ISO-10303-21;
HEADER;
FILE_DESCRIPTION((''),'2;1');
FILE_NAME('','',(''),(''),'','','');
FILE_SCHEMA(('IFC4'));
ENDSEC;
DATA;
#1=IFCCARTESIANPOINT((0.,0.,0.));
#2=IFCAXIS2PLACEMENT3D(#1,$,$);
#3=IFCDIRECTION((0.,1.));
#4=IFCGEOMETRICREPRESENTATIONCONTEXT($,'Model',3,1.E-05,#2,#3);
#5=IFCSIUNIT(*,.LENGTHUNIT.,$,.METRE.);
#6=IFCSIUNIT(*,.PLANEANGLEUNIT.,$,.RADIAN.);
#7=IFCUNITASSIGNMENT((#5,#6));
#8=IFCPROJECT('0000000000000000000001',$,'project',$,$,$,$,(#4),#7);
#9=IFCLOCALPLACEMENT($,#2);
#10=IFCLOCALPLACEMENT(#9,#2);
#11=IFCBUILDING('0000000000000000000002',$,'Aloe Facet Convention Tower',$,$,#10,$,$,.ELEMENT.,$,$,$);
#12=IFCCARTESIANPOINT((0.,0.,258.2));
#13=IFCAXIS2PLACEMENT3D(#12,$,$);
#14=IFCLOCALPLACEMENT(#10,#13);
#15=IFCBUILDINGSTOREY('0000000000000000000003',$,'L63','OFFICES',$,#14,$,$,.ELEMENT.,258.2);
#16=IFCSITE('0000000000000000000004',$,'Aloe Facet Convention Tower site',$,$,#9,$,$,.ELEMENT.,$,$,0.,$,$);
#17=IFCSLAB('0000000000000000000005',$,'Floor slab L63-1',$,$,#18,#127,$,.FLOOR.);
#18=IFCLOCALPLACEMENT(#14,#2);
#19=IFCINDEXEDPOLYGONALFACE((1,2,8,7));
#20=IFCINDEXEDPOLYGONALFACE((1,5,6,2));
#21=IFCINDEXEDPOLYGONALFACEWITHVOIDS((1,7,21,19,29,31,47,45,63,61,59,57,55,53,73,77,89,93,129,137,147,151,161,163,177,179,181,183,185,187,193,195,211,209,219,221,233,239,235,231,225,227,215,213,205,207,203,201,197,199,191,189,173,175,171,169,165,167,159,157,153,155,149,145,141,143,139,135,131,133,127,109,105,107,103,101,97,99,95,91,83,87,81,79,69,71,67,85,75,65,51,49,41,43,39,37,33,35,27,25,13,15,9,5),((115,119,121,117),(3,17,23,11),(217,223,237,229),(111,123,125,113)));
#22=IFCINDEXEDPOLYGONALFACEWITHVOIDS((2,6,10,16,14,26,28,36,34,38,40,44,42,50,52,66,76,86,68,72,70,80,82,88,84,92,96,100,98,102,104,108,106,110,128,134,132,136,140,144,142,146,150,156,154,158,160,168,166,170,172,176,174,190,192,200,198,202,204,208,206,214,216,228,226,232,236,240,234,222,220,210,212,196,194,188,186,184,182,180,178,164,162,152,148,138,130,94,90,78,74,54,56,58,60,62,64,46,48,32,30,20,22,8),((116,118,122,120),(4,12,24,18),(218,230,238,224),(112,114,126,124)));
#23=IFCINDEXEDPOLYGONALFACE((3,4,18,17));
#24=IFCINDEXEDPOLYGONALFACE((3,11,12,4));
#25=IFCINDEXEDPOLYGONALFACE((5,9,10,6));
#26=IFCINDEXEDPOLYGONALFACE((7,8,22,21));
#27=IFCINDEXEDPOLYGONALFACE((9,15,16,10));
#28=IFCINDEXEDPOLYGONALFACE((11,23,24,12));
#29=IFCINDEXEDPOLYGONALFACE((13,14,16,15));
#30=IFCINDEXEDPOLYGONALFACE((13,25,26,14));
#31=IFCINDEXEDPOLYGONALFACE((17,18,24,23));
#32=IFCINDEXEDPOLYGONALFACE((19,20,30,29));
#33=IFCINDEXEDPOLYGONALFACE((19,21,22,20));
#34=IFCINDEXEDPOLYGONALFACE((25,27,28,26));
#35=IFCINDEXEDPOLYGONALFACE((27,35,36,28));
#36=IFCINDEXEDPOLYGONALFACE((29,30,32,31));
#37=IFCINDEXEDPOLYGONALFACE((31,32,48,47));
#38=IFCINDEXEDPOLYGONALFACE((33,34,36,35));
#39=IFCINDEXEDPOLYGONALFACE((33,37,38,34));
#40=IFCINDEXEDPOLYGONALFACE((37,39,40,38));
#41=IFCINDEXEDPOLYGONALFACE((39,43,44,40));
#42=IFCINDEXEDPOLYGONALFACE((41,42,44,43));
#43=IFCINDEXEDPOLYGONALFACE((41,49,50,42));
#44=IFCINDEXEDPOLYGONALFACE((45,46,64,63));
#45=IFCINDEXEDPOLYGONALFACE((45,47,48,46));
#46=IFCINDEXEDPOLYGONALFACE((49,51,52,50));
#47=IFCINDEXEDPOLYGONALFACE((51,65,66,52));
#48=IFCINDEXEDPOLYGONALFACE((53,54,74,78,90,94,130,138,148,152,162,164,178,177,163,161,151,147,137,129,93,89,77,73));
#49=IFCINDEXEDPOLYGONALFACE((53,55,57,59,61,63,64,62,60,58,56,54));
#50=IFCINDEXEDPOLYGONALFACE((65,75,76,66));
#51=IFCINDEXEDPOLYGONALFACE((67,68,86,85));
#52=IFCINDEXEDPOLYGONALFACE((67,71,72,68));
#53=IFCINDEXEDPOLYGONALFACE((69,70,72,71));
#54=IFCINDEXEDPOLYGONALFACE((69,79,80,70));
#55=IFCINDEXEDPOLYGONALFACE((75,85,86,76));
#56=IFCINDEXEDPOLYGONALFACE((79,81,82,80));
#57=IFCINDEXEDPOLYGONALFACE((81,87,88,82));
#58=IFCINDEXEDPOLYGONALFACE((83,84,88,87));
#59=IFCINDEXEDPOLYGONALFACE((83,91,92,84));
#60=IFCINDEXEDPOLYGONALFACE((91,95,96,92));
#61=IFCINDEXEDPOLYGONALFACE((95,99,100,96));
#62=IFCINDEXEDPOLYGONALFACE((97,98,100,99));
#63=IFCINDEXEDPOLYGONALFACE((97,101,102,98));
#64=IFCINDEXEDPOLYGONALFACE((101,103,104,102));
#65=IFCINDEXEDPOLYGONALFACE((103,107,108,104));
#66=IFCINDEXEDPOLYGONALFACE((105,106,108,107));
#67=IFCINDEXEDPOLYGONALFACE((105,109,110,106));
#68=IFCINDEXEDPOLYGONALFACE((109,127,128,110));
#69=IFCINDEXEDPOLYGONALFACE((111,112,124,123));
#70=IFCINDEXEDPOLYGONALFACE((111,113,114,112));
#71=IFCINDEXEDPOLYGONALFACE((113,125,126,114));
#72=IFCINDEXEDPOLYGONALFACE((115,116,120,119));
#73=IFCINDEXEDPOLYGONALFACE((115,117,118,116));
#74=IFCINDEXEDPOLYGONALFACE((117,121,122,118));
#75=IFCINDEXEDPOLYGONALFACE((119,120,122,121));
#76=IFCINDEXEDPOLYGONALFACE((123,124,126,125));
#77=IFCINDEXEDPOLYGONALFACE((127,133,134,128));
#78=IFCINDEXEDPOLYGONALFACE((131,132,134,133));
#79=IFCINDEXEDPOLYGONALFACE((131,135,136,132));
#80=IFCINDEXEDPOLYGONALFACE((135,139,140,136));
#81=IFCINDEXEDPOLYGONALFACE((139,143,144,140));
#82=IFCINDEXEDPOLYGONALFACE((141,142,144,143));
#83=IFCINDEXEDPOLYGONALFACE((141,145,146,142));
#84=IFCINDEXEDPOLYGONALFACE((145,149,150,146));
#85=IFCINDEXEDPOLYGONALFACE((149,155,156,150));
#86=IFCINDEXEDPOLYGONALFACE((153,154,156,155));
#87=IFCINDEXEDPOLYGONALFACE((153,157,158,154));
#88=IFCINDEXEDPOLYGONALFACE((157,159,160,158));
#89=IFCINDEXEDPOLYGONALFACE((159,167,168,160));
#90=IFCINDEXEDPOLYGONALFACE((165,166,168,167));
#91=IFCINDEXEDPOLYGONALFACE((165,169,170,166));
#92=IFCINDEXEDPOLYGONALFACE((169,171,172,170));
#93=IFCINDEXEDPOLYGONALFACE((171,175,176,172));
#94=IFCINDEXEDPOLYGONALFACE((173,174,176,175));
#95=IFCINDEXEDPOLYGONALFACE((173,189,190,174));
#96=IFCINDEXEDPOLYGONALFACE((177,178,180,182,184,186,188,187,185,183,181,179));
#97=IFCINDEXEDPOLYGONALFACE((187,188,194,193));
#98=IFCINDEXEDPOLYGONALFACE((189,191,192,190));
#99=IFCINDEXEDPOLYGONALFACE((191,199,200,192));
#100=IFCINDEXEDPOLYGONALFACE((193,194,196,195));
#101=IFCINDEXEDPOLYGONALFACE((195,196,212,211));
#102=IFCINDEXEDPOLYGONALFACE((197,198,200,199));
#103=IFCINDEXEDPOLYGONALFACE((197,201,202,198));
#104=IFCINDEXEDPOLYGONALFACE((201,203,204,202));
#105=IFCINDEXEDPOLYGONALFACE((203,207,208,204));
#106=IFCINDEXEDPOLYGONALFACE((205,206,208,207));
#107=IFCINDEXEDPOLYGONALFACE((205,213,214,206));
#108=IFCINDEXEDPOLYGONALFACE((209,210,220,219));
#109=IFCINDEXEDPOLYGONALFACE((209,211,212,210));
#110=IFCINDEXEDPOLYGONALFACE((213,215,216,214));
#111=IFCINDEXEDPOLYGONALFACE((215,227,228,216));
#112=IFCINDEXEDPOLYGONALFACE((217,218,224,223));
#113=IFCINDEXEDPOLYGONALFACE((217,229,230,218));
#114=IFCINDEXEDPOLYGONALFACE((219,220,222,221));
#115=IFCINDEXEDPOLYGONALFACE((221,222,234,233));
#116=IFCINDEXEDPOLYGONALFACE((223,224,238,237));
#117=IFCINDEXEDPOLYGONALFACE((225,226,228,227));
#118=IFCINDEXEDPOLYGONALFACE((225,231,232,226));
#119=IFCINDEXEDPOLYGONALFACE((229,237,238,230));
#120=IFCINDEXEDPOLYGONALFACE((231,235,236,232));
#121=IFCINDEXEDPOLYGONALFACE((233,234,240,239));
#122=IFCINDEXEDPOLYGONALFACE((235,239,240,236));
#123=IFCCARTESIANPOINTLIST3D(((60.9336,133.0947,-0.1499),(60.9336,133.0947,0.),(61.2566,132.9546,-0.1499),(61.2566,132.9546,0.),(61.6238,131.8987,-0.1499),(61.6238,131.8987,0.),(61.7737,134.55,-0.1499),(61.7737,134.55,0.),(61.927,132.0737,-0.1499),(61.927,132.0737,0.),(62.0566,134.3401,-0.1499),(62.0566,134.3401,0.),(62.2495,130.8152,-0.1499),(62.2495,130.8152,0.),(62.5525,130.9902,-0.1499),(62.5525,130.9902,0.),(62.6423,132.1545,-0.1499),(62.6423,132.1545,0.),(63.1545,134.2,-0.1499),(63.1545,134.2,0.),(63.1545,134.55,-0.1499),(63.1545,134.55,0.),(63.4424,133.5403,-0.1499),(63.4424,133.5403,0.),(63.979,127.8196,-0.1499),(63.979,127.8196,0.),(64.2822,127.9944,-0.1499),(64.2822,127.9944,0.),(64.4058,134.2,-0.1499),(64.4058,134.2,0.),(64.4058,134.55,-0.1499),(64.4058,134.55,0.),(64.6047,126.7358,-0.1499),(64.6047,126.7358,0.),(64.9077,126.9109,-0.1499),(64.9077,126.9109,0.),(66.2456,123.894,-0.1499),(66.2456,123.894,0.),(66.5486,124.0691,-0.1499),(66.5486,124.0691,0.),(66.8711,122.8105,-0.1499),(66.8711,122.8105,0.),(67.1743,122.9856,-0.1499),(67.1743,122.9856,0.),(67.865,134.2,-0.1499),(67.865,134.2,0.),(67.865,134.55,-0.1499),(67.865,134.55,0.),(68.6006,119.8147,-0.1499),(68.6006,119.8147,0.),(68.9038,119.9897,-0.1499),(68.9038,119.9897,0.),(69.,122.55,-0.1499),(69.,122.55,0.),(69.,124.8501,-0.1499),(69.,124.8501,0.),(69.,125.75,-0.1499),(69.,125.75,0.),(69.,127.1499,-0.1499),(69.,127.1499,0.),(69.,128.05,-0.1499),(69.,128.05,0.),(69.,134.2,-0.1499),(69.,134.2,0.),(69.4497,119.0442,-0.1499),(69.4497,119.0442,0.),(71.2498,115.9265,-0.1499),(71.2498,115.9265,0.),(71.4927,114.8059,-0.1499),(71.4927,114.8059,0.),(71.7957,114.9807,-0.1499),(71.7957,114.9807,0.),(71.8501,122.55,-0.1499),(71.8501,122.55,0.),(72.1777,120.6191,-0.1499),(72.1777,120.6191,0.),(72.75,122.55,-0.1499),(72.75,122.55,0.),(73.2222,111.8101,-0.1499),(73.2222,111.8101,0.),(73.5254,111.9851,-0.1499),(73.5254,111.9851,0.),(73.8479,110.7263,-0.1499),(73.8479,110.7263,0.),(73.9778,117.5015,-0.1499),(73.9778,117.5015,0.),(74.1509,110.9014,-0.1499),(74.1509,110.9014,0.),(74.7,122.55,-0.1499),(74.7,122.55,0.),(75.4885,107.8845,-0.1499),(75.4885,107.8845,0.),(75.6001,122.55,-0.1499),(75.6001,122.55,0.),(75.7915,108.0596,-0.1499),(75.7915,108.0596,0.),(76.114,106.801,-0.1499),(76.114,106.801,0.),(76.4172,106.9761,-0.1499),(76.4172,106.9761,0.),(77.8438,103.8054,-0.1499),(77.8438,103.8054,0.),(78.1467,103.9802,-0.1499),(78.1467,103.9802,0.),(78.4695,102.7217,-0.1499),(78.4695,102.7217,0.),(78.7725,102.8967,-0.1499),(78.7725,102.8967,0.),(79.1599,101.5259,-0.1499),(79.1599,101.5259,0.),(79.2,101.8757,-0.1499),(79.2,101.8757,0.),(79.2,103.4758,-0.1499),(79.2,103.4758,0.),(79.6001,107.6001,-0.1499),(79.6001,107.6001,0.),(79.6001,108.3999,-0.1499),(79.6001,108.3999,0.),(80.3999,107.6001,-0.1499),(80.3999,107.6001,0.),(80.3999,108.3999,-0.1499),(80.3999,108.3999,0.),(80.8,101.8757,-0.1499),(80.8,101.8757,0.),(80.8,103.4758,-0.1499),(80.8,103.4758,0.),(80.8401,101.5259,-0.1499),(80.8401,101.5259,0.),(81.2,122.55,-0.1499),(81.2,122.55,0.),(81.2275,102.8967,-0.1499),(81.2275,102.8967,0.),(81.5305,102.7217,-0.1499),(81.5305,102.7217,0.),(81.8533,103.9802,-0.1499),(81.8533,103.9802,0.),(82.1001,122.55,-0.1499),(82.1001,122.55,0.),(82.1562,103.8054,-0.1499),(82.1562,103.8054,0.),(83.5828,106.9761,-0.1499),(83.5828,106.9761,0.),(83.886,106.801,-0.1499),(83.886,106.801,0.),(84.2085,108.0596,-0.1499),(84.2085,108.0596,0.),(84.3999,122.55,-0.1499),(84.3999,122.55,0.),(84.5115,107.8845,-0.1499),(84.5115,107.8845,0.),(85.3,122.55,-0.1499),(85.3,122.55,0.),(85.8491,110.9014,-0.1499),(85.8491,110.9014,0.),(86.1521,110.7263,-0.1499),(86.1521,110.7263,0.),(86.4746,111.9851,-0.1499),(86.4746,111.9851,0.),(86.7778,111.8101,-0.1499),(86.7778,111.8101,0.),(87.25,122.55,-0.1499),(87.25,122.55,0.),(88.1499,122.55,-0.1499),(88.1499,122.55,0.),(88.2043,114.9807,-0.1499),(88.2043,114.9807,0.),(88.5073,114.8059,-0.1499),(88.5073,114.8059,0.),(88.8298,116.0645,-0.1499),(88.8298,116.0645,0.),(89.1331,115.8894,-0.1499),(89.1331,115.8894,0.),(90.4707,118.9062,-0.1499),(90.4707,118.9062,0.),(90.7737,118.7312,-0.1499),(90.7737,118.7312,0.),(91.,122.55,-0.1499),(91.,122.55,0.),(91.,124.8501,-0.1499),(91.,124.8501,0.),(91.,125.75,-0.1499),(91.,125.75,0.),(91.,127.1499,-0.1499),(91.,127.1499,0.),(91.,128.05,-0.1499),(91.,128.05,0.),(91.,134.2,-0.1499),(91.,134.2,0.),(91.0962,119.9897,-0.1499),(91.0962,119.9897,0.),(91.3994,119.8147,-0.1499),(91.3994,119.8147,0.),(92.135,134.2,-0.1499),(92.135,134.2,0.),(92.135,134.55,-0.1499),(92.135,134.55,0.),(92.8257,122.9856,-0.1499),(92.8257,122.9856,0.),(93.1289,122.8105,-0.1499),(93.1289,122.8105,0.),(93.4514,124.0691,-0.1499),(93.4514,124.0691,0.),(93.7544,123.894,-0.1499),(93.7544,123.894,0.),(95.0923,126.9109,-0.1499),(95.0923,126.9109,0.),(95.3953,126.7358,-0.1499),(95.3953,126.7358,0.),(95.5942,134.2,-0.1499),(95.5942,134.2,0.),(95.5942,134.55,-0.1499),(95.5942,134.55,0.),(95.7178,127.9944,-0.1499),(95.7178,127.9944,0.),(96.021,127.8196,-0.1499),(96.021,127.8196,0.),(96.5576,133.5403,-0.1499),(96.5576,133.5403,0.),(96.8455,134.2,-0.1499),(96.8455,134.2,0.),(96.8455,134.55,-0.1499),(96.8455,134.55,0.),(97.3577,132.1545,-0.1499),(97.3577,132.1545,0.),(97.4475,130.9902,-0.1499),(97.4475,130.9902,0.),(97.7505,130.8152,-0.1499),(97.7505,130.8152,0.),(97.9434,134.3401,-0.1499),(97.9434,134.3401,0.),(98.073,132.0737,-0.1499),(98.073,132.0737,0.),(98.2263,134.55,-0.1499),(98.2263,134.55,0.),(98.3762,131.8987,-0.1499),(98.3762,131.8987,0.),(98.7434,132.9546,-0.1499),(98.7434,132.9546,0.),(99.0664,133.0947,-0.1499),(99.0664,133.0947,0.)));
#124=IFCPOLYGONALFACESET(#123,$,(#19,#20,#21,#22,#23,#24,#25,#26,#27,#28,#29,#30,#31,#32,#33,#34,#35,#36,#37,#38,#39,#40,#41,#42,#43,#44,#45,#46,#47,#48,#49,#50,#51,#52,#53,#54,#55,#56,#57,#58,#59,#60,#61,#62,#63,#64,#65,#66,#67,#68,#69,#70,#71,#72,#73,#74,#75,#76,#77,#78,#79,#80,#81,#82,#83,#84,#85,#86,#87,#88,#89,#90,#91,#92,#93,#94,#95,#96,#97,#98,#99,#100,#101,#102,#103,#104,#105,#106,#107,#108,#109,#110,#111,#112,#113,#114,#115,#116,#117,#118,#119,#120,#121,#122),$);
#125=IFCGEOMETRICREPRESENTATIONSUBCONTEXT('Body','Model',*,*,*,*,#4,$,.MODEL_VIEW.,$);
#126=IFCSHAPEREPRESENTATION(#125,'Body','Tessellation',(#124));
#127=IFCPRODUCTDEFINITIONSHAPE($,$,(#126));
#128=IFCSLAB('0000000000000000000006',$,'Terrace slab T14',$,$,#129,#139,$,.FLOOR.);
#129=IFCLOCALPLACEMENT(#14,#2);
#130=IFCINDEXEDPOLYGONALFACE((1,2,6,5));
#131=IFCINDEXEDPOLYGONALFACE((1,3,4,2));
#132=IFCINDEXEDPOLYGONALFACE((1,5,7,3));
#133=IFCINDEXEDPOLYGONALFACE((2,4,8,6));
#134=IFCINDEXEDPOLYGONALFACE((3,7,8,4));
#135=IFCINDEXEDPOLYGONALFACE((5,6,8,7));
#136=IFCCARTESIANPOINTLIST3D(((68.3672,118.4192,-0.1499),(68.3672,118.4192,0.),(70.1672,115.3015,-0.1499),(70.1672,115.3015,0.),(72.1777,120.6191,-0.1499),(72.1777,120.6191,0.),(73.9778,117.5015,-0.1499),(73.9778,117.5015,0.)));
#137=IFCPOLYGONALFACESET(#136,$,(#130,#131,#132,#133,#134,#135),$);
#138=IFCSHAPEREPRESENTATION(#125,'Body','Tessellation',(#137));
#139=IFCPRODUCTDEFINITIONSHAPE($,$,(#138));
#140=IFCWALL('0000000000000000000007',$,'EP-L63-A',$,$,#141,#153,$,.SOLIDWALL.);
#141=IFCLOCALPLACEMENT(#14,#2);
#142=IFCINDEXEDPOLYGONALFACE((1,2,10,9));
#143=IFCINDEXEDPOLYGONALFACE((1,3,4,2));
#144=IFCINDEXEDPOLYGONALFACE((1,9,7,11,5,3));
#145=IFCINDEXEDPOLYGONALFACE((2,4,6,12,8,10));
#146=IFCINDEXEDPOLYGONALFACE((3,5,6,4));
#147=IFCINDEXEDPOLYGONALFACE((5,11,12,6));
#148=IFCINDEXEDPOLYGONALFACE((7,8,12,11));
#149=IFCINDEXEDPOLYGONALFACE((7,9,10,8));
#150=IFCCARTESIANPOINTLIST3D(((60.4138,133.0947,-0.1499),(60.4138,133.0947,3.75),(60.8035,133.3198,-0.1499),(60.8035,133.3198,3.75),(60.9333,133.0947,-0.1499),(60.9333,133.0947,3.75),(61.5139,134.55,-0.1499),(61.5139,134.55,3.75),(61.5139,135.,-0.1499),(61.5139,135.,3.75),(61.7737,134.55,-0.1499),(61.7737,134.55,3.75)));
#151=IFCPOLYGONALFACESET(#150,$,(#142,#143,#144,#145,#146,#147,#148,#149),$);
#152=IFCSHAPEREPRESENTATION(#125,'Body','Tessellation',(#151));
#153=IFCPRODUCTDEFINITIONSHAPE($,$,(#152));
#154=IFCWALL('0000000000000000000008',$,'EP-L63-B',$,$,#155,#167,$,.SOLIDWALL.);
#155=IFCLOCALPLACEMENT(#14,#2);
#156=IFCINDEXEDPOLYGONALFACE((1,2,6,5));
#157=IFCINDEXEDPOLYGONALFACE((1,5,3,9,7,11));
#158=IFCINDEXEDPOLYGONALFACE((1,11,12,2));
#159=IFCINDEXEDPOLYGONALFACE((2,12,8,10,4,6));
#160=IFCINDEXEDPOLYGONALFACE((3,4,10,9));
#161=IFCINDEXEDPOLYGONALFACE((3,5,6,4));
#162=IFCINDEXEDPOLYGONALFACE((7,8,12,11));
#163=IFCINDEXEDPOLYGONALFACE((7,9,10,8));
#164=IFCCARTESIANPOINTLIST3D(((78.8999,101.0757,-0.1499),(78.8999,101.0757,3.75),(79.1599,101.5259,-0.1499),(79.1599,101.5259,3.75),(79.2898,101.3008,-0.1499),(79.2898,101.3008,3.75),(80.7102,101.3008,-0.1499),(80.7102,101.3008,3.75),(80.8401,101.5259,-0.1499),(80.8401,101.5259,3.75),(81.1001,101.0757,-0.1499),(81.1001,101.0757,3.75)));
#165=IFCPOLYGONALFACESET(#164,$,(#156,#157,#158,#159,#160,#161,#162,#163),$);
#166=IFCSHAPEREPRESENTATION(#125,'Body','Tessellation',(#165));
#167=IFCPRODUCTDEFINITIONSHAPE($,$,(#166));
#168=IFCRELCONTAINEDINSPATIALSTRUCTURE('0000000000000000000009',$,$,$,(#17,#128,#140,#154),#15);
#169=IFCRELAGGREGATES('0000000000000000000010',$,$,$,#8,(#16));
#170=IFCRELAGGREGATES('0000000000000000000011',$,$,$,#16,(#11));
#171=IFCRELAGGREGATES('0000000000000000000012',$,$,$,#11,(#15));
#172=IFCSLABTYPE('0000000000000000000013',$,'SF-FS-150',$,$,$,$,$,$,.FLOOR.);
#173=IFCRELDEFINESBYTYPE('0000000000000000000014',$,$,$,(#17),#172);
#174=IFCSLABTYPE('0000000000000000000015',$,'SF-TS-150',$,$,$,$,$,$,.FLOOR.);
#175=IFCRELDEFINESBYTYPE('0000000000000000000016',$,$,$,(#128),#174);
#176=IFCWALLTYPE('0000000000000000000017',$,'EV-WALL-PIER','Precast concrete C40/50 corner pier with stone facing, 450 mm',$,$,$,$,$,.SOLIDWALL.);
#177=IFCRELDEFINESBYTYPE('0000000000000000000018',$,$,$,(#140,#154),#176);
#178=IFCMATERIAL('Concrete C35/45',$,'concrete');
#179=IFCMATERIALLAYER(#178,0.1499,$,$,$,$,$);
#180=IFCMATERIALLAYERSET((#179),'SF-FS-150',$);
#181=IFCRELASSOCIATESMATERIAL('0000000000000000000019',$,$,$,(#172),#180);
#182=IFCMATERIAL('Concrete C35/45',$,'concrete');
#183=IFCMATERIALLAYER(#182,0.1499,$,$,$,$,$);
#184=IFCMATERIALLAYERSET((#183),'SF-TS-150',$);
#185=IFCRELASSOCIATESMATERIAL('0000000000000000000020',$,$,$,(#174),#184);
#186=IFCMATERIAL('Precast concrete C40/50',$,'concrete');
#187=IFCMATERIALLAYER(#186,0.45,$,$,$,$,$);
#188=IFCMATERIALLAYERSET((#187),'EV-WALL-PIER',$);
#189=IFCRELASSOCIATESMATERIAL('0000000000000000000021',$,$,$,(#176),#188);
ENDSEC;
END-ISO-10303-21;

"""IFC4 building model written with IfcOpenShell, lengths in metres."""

from ifc_helpers import new_model, si_unit, direction, frame, origin, place, context, subcontext, project, spatial, polyline, outline, extrude, material, layer, layer_set, type_object, element, save


model = new_model("IFC4")

# Units and contexts
model_context = context("Model", 3, precision=1e-05, world=origin(), true_north=direction((0.0, 1.0)))
body_context = subcontext(model_context, "Body", "Model", "MODEL_VIEW")
ifc_project = project(units=[si_unit("LENGTHUNIT", "METRE"), si_unit("PLANEANGLEUNIT", "RADIAN")], contexts=[model_context])

# Site, building, storey
site_placement = place(None, origin())
site = spatial("IfcSite", under=ifc_project, at=site_placement, Name="Aloe Facet Convention Tower site", CompositionType="ELEMENT", RefElevation=0.0)
building_placement = place(site_placement, origin())
building = spatial("IfcBuilding", under=site, at=building_placement, Name="Aloe Facet Convention Tower", CompositionType="ELEMENT")
storey_placement = place(building_placement, frame((0.0, 0.0, 258.2)))
storey = spatial("IfcBuildingStorey", under=building, at=storey_placement, Name="L63", Description="OFFICES", CompositionType="ELEMENT", Elevation=258.2)

# Slabs
ifc_material_1 = material(Name="Concrete C35/45", Category="concrete")
ifc_layer_1 = layer(ifc_material_1, 0.1499)
ifc_layer_set_1 = layer_set([ifc_layer_1], Name="SF-FS-150")
slab_type_1 = type_object("IfcSlabType", Name="SF-FS-150", PredefinedType="FLOOR", material=ifc_layer_set_1)
slab_1_placement = place(storey_placement, frame((0.0, 0.0, -0.1499)))
element("IfcSlab", 1, at=slab_1_placement, inside=storey, type_object=slab_type_1, Name="Floor slab L63-1", PredefinedType="FLOOR", context=body_context, shape_type="SweptSolid", body=[
    extrude(outline(polyline([(61.7737, 134.55), (63.1545, 134.55), (63.1545, 134.2), (64.4058, 134.2), (64.4058, 134.55), (67.865, 134.55), (67.865, 134.2), (69.0, 134.2), (69.0, 128.05), (69.0, 127.1499), (69.0, 125.75), (69.0, 124.8501), (69.0, 122.55), (71.8501, 122.55), (72.75, 122.55), (74.7, 122.55), (75.6001, 122.55), (81.2, 122.55), (82.1001, 122.55), (84.3999, 122.55), (85.3, 122.55), (87.25, 122.55), (88.1499, 122.55), (91.0, 122.55), (91.0, 124.8501), (91.0, 125.75), (91.0, 127.1499), (91.0, 128.05), (91.0, 134.2), (92.135, 134.2), (92.135, 134.55), (95.5942, 134.55), (95.5942, 134.2), (96.8455, 134.2), (96.8455, 134.55), (98.2263, 134.55), (99.0664, 133.0947), (98.3762, 131.8987), (98.073, 132.0737), (97.4475, 130.9902), (97.7505, 130.8152), (96.021, 127.8196), (95.7178, 127.9944), (95.0923, 126.9109), (95.3953, 126.7358), (93.7544, 123.894), (93.4514, 124.0691), (92.8257, 122.9856), (93.1289, 122.8105), (91.3994, 119.8147), (91.0962, 119.9897), (90.4707, 118.9062), (90.7737, 118.7312), (89.1331, 115.8894), (88.8298, 116.0645), (88.2043, 114.9807), (88.5073, 114.8059), (86.7778, 111.8101), (86.4746, 111.9851), (85.8491, 110.9014), (86.1521, 110.7263), (84.5115, 107.8845), (84.2085, 108.0596), (83.5828, 106.9761), (83.886, 106.801), (82.1562, 103.8054), (81.8533, 103.9802), (81.2275, 102.8967), (81.5305, 102.7217), (80.8401, 101.5259), (79.1599, 101.5259), (78.4695, 102.7217), (78.7725, 102.8967), (78.1467, 103.9802), (77.8438, 103.8054), (76.114, 106.801), (76.4172, 106.9761), (75.7915, 108.0596), (75.4885, 107.8845), (73.8479, 110.7263), (74.1509, 110.9014), (73.5254, 111.9851), (73.2222, 111.8101), (71.4927, 114.8059), (71.7957, 114.9807), (71.2498, 115.9265), (73.9778, 117.5015), (72.1777, 120.6191), (69.4497, 119.0442), (68.9038, 119.9897), (68.6006, 119.8147), (66.8711, 122.8105), (67.1743, 122.9856), (66.5486, 124.0691), (66.2456, 123.894), (64.6047, 126.7358), (64.9077, 126.9109), (64.2822, 127.9944), (63.979, 127.8196), (62.2495, 130.8152), (62.5525, 130.9902), (61.927, 132.0737), (61.6238, 131.8987), (60.9336, 133.0947), (61.7737, 134.55)]), holes=[polyline([(80.8, 101.8757), (80.8, 103.4758), (79.2, 103.4758), (79.2, 101.8757), (80.8, 101.8757)]), polyline([(62.0566, 134.3401), (61.2566, 132.9546), (62.6423, 132.1545), (63.4424, 133.5403), (62.0566, 134.3401)]), polyline([(80.3999, 107.6001), (80.3999, 108.3999), (79.6001, 108.3999), (79.6001, 107.6001), (80.3999, 107.6001)]), polyline([(98.7434, 132.9546), (97.9434, 134.3401), (96.5576, 133.5403), (97.3577, 132.1545), (98.7434, 132.9546)])]), origin(), (0.0, 0.0, 1.0), 0.1499),
])
ifc_material_2 = material(Name="Concrete C35/45", Category="concrete")
ifc_layer_2 = layer(ifc_material_2, 0.1499)
ifc_layer_set_2 = layer_set([ifc_layer_2], Name="SF-TS-150")
slab_type_2 = type_object("IfcSlabType", Name="SF-TS-150", PredefinedType="FLOOR", material=ifc_layer_set_2)
slab_2_placement = place(storey_placement, frame((0.0, 0.0, -0.1499)))
element("IfcSlab", 2, at=slab_2_placement, inside=storey, type_object=slab_type_2, Name="Terrace slab T14", PredefinedType="FLOOR", context=body_context, shape_type="SweptSolid", body=[
    extrude(outline(polyline([(68.3672, 118.4192), (72.1777, 120.6191), (73.9778, 117.5015), (70.1672, 115.3015), (68.3672, 118.4192)])), origin(), (0.0, 0.0, 1.0), 0.1499),
])

# Walls
ifc_material_3 = material(Name="Precast concrete C40/50", Category="concrete")
ifc_layer_3 = layer(ifc_material_3, 0.45)
ifc_layer_set_3 = layer_set([ifc_layer_3], Name="EV-WALL-PIER")
wall_type_1 = type_object("IfcWallType", Name="EV-WALL-PIER", Description="Precast concrete C40/50 corner pier with stone facing, 450 mm", PredefinedType="SOLIDWALL", material=ifc_layer_set_3)
wall_1_placement = place(storey_placement, frame((0.0, 0.0, -0.1499)))
element("IfcWall", 3, at=wall_1_placement, inside=storey, type_object=wall_type_1, Name="EP-L63-A", PredefinedType="SOLIDWALL", context=body_context, shape_type="SweptSolid", body=[
    extrude(outline(polyline([(61.5139, 135.0), (61.5139, 134.55), (61.7737, 134.55), (60.9333, 133.0947), (60.8035, 133.3198), (60.4138, 133.0947), (61.5139, 135.0)])), origin(), (0.0, 0.0, 1.0), 3.8999),
])
wall_2_placement = place(storey_placement, frame((0.0, 0.0, -0.1499)))
element("IfcWall", 4, at=wall_2_placement, inside=storey, type_object=wall_type_1, Name="EP-L63-B", PredefinedType="SOLIDWALL", context=body_context, shape_type="SweptSolid", body=[
    extrude(outline(polyline([(78.8999, 101.0757), (79.2898, 101.3008), (79.1599, 101.5259), (80.8401, 101.5259), (80.7102, 101.3008), (81.1001, 101.0757), (78.8999, 101.0757)])), origin(), (0.0, 0.0, 1.0), 3.8999),
])

save(model, "model.ifc")
